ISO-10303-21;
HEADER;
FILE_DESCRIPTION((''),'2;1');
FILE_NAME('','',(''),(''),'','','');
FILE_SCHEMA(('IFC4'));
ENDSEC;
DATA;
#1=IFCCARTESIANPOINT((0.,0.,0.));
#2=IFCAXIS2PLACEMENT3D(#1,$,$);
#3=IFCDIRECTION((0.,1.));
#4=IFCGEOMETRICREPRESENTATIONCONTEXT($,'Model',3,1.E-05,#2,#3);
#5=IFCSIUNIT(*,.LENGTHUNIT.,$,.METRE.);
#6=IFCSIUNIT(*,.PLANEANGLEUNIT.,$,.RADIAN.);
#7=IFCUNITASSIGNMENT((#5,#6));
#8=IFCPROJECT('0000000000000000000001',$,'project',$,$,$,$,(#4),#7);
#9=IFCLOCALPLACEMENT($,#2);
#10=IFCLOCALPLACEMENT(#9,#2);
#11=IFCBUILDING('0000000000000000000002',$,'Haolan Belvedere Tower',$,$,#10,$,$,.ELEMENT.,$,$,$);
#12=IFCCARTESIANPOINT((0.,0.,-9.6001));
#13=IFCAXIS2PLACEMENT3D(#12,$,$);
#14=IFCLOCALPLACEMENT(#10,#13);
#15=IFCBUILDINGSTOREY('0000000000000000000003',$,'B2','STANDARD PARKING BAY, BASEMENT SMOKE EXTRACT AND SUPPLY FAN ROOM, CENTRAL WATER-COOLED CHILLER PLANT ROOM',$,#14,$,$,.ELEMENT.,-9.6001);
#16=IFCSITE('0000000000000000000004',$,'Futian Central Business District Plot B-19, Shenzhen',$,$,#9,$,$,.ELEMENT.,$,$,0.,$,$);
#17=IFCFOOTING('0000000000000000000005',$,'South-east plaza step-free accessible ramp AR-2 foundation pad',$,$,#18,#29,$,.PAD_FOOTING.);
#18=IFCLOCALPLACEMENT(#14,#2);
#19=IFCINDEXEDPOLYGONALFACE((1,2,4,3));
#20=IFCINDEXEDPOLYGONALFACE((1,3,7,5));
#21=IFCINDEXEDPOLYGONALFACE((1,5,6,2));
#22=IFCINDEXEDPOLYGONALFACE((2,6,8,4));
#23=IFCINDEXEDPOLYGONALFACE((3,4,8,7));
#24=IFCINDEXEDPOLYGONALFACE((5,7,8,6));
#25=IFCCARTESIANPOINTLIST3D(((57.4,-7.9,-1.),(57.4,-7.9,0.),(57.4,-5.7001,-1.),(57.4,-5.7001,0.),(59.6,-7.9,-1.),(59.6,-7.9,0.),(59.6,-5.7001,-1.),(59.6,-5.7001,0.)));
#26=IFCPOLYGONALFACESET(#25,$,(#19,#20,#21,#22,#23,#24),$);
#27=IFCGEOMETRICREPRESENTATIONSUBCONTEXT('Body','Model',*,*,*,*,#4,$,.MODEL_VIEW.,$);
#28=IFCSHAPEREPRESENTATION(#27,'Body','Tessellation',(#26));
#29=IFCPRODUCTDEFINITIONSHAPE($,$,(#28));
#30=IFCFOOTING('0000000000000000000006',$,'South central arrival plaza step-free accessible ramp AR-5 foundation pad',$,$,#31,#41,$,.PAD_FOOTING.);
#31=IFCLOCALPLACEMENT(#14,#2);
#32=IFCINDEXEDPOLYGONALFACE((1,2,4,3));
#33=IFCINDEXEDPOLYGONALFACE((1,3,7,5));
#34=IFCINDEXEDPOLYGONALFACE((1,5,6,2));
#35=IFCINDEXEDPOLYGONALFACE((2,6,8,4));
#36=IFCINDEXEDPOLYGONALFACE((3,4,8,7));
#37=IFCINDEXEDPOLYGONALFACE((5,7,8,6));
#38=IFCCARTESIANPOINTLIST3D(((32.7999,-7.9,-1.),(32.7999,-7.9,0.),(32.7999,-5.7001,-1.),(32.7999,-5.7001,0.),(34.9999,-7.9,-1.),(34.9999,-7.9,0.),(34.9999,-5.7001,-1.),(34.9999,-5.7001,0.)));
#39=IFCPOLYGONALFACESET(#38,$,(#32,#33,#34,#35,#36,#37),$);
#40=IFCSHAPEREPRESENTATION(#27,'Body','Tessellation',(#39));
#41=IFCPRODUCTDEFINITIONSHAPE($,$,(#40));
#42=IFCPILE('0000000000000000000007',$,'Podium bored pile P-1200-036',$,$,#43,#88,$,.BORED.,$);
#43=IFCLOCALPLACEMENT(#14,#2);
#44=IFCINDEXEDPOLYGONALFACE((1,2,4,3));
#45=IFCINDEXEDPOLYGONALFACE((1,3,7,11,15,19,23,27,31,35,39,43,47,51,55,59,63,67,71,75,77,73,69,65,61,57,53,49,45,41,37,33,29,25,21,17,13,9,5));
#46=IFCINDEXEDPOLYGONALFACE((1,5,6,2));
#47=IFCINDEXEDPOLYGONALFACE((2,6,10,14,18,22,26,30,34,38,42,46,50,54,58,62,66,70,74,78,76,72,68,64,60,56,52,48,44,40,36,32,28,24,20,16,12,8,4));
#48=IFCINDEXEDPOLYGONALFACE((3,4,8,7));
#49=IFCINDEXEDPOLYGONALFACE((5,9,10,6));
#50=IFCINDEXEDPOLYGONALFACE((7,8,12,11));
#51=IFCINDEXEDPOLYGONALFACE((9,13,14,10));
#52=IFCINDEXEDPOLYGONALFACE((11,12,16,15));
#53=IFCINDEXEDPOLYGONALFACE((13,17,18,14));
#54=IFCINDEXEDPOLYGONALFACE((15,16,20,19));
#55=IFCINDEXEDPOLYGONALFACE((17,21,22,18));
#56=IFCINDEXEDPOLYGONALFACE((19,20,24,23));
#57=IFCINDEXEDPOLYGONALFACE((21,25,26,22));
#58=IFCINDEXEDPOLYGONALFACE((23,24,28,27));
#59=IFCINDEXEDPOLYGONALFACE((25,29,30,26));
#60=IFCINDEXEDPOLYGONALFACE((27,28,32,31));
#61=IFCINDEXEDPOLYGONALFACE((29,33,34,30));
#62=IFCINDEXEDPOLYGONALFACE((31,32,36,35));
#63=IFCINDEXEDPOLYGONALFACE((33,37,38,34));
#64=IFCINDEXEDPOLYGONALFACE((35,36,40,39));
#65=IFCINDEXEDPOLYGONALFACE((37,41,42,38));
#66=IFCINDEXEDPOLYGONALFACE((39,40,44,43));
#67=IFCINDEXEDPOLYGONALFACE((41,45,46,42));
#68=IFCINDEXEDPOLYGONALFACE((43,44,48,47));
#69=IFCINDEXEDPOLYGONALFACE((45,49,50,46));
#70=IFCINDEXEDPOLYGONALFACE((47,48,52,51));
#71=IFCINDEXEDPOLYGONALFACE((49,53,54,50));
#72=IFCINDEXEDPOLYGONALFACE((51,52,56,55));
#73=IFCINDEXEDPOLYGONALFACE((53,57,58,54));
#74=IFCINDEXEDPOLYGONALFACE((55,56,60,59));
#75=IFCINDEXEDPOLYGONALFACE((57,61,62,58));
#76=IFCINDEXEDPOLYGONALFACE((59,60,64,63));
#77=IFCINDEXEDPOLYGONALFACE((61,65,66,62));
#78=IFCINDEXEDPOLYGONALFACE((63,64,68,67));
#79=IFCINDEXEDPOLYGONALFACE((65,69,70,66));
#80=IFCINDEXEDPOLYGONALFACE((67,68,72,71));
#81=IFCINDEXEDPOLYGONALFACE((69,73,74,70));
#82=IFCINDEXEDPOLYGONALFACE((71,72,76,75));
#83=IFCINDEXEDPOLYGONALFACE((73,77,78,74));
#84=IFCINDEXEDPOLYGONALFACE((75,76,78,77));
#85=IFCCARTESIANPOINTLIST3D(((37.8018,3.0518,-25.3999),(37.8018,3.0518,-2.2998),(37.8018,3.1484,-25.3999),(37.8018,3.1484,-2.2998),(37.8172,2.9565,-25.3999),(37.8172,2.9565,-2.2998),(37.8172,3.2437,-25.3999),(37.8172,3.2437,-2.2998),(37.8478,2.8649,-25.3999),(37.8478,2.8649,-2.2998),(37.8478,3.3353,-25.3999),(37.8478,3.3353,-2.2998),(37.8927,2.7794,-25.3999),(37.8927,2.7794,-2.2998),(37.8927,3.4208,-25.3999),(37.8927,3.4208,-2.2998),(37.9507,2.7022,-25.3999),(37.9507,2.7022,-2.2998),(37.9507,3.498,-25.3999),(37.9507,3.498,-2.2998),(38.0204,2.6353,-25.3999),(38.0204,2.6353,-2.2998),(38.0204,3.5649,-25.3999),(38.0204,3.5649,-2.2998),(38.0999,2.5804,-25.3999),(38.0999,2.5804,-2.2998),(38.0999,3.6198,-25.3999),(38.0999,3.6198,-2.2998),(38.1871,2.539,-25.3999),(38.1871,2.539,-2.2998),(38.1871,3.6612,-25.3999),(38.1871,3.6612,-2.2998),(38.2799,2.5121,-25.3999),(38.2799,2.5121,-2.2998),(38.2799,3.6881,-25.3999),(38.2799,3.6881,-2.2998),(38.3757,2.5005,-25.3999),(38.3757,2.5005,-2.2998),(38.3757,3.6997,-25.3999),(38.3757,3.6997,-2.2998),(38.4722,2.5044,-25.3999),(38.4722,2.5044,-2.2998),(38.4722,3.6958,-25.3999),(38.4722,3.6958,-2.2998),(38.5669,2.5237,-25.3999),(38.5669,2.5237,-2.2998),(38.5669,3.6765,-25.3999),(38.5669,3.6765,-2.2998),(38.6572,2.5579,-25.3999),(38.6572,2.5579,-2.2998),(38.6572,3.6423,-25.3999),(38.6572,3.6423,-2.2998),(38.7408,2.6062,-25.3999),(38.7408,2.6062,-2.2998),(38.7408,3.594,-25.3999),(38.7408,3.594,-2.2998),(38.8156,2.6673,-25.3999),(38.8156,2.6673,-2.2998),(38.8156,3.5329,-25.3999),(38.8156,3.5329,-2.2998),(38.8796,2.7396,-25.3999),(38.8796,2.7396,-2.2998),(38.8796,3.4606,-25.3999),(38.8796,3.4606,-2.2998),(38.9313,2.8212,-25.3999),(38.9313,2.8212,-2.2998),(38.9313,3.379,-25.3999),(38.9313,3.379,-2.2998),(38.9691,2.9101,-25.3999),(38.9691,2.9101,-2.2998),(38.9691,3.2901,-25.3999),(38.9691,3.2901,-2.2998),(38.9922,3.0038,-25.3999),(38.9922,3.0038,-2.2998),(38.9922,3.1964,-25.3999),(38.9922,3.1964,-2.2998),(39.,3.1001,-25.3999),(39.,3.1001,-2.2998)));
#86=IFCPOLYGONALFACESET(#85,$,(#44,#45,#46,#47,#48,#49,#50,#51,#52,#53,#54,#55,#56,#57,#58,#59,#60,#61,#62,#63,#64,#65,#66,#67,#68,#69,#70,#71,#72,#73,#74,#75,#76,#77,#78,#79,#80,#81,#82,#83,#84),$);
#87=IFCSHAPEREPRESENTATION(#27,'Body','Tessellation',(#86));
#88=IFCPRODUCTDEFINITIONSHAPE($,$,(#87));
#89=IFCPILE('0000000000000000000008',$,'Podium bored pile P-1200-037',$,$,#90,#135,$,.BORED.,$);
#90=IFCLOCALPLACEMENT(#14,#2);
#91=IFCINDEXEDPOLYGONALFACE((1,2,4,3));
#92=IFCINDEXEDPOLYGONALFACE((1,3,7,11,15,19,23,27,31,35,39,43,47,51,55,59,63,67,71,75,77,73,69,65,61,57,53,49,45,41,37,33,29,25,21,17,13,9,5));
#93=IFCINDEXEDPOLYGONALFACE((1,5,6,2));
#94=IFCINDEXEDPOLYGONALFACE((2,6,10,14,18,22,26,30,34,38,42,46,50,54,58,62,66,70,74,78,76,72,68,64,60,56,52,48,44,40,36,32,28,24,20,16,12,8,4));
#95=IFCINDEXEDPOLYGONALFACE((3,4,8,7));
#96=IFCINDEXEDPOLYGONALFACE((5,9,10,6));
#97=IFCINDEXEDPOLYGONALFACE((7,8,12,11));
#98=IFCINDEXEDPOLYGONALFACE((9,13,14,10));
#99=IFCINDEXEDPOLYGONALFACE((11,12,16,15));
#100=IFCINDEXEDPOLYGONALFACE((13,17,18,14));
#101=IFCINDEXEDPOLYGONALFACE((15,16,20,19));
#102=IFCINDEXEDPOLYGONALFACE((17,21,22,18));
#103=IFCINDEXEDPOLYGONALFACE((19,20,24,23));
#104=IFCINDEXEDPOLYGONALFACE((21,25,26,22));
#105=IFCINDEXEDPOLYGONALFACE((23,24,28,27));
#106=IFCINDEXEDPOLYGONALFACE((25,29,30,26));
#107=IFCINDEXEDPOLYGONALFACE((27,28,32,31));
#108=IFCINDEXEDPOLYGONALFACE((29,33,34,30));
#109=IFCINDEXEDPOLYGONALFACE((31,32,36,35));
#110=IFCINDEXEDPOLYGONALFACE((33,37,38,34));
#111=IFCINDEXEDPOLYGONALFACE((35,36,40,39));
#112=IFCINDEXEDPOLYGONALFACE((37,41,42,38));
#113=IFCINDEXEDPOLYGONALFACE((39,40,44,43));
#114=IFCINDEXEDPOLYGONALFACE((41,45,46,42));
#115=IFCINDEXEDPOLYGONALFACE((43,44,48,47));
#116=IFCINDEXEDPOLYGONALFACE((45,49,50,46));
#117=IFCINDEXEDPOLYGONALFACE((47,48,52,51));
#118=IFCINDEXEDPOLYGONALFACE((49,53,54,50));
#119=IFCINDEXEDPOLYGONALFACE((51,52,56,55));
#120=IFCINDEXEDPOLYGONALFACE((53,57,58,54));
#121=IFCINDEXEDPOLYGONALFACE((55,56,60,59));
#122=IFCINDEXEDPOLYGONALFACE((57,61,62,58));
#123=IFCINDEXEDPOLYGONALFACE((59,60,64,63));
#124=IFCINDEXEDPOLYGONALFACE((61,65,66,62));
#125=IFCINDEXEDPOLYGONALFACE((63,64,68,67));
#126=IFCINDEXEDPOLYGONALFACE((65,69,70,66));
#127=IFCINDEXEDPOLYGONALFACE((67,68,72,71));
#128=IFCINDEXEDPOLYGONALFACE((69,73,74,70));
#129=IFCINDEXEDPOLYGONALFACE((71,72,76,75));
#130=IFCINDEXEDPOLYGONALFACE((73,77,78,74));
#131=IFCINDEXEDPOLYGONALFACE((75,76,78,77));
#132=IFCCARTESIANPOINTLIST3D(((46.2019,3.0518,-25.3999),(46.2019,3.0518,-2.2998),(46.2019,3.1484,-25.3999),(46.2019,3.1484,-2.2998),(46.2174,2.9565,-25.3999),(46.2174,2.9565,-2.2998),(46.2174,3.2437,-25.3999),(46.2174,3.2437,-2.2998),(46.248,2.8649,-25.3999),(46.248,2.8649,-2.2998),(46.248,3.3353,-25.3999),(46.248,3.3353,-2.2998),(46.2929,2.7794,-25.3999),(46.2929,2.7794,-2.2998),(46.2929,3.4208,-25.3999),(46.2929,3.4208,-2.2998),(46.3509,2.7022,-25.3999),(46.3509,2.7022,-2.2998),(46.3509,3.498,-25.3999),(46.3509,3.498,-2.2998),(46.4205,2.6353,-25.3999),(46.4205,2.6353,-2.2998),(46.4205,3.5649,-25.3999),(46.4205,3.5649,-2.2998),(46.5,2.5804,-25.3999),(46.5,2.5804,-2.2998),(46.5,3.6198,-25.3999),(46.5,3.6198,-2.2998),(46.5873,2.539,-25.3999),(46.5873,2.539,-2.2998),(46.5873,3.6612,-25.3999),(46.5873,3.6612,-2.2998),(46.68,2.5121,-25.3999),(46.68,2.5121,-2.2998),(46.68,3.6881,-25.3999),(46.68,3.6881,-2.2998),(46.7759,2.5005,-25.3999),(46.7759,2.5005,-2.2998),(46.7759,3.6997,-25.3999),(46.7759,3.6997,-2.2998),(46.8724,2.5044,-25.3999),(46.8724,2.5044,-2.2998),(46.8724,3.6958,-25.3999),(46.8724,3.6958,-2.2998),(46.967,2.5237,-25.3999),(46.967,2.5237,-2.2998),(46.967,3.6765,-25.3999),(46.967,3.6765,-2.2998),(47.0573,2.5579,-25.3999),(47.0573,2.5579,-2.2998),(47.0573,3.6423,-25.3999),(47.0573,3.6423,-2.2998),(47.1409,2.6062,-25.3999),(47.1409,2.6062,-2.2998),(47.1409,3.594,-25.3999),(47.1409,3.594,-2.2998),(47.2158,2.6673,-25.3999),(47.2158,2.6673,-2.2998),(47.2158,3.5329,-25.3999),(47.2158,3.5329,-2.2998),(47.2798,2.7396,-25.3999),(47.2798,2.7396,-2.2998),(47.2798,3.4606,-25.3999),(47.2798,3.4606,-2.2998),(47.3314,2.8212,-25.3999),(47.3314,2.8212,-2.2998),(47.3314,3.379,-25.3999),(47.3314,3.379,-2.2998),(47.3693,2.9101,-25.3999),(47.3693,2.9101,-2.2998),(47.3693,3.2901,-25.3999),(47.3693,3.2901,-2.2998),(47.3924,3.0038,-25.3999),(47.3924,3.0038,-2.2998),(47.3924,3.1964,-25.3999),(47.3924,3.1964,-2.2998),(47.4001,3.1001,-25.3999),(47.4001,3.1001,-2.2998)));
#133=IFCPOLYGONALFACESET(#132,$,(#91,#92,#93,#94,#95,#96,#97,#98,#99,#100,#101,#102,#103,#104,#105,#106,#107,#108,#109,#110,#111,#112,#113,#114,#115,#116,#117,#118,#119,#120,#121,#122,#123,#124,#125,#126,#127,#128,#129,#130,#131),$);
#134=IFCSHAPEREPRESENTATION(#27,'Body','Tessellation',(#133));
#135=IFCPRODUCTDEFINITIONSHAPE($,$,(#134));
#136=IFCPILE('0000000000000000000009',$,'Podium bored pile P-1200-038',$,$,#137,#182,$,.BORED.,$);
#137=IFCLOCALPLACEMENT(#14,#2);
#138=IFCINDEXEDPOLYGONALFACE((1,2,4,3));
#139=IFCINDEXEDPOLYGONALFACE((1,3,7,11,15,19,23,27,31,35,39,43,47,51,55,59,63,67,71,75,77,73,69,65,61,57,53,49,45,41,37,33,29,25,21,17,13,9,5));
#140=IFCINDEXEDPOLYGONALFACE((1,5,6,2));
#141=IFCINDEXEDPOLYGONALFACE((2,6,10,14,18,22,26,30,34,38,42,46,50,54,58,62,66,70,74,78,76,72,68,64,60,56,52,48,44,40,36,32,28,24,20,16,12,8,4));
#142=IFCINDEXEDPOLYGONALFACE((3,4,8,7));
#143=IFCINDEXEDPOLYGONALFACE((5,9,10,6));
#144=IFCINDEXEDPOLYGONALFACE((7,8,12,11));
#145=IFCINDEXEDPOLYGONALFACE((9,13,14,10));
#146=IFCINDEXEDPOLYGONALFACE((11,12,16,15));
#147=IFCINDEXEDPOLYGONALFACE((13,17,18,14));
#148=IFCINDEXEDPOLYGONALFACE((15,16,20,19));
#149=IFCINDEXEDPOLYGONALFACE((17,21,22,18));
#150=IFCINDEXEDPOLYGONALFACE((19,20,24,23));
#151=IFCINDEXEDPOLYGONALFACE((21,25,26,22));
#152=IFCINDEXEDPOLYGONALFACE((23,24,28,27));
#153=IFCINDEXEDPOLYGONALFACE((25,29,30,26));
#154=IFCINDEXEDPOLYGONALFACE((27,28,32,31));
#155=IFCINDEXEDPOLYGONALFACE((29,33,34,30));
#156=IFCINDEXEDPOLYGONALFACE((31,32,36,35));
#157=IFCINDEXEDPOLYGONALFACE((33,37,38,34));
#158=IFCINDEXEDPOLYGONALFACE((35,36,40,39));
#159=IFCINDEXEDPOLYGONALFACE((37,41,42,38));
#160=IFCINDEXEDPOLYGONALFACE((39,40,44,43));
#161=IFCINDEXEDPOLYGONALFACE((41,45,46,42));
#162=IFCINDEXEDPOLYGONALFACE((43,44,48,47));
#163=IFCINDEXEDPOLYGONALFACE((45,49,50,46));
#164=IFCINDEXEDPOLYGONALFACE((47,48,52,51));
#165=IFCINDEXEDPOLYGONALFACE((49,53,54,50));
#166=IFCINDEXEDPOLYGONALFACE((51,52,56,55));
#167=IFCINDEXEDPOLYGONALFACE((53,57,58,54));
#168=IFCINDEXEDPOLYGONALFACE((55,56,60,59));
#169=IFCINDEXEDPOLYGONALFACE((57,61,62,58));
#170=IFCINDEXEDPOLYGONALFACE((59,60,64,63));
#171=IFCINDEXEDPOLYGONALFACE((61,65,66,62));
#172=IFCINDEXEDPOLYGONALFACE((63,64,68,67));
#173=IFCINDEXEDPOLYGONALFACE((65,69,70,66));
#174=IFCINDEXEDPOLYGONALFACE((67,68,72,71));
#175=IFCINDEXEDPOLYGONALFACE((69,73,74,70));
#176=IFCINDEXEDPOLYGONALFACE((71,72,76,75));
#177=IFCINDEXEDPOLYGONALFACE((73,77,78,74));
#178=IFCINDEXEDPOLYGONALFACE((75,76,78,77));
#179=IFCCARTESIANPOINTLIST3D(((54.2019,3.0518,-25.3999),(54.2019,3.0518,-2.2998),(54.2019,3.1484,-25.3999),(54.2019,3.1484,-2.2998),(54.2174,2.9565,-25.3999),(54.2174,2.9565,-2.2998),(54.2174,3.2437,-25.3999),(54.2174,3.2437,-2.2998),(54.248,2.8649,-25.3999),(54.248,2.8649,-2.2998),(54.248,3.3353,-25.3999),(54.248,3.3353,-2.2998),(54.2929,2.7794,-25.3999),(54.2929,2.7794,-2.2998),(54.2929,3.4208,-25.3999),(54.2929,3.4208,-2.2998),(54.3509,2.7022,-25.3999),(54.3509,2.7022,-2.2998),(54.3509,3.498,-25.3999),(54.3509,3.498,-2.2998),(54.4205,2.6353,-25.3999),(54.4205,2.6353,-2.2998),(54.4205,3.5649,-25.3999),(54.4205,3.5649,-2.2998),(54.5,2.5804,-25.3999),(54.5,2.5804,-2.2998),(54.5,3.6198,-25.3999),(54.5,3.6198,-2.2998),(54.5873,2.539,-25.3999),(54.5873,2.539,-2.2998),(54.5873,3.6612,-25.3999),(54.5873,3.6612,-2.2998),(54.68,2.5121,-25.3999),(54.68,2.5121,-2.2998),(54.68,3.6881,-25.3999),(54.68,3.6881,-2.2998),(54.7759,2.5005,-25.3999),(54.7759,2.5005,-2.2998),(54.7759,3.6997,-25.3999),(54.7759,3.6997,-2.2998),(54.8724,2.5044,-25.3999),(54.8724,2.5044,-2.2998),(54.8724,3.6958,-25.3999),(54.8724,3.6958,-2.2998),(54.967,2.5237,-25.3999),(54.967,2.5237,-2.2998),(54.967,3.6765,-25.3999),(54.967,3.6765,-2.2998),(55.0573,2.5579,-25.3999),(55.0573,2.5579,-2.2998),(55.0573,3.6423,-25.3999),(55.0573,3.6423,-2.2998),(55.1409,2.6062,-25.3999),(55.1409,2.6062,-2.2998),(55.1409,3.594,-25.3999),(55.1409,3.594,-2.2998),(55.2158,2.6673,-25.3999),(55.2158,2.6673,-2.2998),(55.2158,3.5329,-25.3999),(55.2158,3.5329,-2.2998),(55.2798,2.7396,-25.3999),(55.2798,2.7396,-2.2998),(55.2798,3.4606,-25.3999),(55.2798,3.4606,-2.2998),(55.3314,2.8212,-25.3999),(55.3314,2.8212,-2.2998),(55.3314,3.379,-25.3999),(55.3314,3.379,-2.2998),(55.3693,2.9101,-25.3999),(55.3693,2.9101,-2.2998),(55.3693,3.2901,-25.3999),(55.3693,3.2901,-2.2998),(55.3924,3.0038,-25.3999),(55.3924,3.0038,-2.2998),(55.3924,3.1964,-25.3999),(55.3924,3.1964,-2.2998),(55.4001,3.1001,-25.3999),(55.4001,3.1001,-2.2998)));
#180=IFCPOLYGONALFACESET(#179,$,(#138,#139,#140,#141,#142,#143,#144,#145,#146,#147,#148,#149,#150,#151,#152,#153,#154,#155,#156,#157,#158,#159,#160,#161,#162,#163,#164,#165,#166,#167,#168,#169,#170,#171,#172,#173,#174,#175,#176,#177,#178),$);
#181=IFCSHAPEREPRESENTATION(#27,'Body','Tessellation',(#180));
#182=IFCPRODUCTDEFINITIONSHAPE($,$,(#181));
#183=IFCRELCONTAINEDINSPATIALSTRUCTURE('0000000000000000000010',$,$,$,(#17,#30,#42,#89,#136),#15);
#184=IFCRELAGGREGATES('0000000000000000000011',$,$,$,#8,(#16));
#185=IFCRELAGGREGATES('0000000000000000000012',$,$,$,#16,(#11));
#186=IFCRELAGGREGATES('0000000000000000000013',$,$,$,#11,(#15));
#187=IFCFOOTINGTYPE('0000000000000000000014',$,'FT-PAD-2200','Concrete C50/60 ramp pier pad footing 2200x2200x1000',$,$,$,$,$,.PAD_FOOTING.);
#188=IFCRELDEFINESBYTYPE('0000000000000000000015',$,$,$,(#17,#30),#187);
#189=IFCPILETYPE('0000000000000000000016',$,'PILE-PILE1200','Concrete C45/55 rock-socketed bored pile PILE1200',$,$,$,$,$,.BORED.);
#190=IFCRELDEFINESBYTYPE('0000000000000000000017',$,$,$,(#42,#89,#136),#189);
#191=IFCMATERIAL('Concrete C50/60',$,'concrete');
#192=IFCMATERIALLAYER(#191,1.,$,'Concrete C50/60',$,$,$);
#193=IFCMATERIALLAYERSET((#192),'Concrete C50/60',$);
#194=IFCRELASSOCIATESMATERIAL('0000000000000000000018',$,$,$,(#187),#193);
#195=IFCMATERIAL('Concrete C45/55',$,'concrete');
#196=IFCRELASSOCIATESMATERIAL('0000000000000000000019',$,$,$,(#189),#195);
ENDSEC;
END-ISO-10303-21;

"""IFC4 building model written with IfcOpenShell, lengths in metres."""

from ifc_helpers import new_model, si_unit, direction, frame, origin, origin_2d, place, context, subcontext, project, spatial, rectangle, circle, extrude, material, layer, layer_set, material_profile, profile_set, type_object, element, save


model = new_model("IFC4")

# Units and contexts
model_context = context("Model", 3, precision=1e-05, world=origin(), true_north=direction((0.0, 1.0)))
body_context = subcontext(model_context, "Body", "Model", "MODEL_VIEW")
ifc_project = project(units=[si_unit("LENGTHUNIT", "METRE"), si_unit("PLANEANGLEUNIT", "RADIAN")], contexts=[model_context])

# Site, building, storey
site_placement = place(None, origin())
site = spatial("IfcSite", under=ifc_project, at=site_placement, Name="Futian Central Business District Plot B-19, Shenzhen", CompositionType="ELEMENT", RefElevation=0.0)
building_placement = place(site_placement, origin())
building = spatial("IfcBuilding", under=site, at=building_placement, Name="Haolan Belvedere Tower", CompositionType="ELEMENT")
storey_placement = place(building_placement, frame((0.0, 0.0, -9.6001)))
storey = spatial("IfcBuildingStorey", under=building, at=storey_placement, Name="B2", Description="STANDARD PARKING BAY, BASEMENT SMOKE EXTRACT AND SUPPLY FAN ROOM, CENTRAL WATER-COOLED CHILLER PLANT ROOM", CompositionType="ELEMENT", Elevation=-9.6001)

# Footings
ifc_material_1 = material(Name="Concrete C50/60", Category="concrete")
ifc_layer_1 = layer(ifc_material_1, 1.0, Name="Concrete C50/60")
ifc_layer_set_1 = layer_set([ifc_layer_1], Name="Concrete C50/60")
footing_type = type_object("IfcFootingType", Name="FT-PAD-2200", Description="Concrete C50/60 ramp pier pad footing 2200x2200x1000", PredefinedType="PAD_FOOTING", material=ifc_layer_set_1)
for number, where, z_axis, x_axis, name in (
    (1, (58.5, -6.8, -1.0), (0.0, 0.0, 1.0), (1.0, 0.0, 0.0), "South-east plaza step-free accessible ramp AR-2 foundation pad"),
    (2, (33.8999, -6.8, -1.0), (0.0, 0.0, 1.0), (1.0, 0.0, 0.0), "South central arrival plaza step-free accessible ramp AR-5 foundation pad"),
):
    element("IfcFooting", number, at=place(storey_placement, frame(where, z_axis=z_axis, x_axis=x_axis)), inside=storey, type_object=footing_type, Name=name, PredefinedType="PAD_FOOTING", context=body_context, shape_type="SweptSolid", body=[
        extrude(rectangle(XDim=2.2, YDim=2.2, at=origin_2d()), origin(), (0.0, 0.0, 1.0), 1.0),
    ])

# Piles
ifc_material_2 = material(Name="Concrete C45/55", Category="concrete")
ifc_material_profile_1 = material_profile(ifc_material_2, circle(Radius=0.6001, at=origin_2d()), Name="Concrete C45/55")
ifc_profile_set_1 = profile_set([ifc_material_profile_1], Name="Concrete C45/55")
pile_type_1 = type_object("IfcPileType", Name="PILE-PILE1200", Description="Concrete C45/55 rock-socketed bored pile PILE1200", PredefinedType="BORED", material=ifc_profile_set_1)
for number, where, z_axis, x_axis, name in (
    (3, (38.3999, 3.1001, -2.2998), (0.0, 0.0, -1.0), (1.0, 0.0, 0.0), "Podium bored pile P-1200-036"),
    (4, (46.8, 3.1001, -2.2998), (0.0, 0.0, -1.0), (1.0, 0.0, 0.0), "Podium bored pile P-1200-037"),
    (5, (54.8, 3.1001, -2.2998), (0.0, 0.0, -1.0), (1.0, 0.0, 0.0), "Podium bored pile P-1200-038"),
):
    element("IfcPile", number, at=place(storey_placement, frame(where, z_axis=z_axis, x_axis=x_axis)), inside=storey, type_object=pile_type_1, Name=name, PredefinedType="BORED", context=body_context, shape_type="SweptSolid", body=[
        extrude(circle(Radius=0.6001, at=origin_2d()), origin(), (0.0, 0.0, 1.0), 23.1001),
    ])

save(model, "model.ifc")
